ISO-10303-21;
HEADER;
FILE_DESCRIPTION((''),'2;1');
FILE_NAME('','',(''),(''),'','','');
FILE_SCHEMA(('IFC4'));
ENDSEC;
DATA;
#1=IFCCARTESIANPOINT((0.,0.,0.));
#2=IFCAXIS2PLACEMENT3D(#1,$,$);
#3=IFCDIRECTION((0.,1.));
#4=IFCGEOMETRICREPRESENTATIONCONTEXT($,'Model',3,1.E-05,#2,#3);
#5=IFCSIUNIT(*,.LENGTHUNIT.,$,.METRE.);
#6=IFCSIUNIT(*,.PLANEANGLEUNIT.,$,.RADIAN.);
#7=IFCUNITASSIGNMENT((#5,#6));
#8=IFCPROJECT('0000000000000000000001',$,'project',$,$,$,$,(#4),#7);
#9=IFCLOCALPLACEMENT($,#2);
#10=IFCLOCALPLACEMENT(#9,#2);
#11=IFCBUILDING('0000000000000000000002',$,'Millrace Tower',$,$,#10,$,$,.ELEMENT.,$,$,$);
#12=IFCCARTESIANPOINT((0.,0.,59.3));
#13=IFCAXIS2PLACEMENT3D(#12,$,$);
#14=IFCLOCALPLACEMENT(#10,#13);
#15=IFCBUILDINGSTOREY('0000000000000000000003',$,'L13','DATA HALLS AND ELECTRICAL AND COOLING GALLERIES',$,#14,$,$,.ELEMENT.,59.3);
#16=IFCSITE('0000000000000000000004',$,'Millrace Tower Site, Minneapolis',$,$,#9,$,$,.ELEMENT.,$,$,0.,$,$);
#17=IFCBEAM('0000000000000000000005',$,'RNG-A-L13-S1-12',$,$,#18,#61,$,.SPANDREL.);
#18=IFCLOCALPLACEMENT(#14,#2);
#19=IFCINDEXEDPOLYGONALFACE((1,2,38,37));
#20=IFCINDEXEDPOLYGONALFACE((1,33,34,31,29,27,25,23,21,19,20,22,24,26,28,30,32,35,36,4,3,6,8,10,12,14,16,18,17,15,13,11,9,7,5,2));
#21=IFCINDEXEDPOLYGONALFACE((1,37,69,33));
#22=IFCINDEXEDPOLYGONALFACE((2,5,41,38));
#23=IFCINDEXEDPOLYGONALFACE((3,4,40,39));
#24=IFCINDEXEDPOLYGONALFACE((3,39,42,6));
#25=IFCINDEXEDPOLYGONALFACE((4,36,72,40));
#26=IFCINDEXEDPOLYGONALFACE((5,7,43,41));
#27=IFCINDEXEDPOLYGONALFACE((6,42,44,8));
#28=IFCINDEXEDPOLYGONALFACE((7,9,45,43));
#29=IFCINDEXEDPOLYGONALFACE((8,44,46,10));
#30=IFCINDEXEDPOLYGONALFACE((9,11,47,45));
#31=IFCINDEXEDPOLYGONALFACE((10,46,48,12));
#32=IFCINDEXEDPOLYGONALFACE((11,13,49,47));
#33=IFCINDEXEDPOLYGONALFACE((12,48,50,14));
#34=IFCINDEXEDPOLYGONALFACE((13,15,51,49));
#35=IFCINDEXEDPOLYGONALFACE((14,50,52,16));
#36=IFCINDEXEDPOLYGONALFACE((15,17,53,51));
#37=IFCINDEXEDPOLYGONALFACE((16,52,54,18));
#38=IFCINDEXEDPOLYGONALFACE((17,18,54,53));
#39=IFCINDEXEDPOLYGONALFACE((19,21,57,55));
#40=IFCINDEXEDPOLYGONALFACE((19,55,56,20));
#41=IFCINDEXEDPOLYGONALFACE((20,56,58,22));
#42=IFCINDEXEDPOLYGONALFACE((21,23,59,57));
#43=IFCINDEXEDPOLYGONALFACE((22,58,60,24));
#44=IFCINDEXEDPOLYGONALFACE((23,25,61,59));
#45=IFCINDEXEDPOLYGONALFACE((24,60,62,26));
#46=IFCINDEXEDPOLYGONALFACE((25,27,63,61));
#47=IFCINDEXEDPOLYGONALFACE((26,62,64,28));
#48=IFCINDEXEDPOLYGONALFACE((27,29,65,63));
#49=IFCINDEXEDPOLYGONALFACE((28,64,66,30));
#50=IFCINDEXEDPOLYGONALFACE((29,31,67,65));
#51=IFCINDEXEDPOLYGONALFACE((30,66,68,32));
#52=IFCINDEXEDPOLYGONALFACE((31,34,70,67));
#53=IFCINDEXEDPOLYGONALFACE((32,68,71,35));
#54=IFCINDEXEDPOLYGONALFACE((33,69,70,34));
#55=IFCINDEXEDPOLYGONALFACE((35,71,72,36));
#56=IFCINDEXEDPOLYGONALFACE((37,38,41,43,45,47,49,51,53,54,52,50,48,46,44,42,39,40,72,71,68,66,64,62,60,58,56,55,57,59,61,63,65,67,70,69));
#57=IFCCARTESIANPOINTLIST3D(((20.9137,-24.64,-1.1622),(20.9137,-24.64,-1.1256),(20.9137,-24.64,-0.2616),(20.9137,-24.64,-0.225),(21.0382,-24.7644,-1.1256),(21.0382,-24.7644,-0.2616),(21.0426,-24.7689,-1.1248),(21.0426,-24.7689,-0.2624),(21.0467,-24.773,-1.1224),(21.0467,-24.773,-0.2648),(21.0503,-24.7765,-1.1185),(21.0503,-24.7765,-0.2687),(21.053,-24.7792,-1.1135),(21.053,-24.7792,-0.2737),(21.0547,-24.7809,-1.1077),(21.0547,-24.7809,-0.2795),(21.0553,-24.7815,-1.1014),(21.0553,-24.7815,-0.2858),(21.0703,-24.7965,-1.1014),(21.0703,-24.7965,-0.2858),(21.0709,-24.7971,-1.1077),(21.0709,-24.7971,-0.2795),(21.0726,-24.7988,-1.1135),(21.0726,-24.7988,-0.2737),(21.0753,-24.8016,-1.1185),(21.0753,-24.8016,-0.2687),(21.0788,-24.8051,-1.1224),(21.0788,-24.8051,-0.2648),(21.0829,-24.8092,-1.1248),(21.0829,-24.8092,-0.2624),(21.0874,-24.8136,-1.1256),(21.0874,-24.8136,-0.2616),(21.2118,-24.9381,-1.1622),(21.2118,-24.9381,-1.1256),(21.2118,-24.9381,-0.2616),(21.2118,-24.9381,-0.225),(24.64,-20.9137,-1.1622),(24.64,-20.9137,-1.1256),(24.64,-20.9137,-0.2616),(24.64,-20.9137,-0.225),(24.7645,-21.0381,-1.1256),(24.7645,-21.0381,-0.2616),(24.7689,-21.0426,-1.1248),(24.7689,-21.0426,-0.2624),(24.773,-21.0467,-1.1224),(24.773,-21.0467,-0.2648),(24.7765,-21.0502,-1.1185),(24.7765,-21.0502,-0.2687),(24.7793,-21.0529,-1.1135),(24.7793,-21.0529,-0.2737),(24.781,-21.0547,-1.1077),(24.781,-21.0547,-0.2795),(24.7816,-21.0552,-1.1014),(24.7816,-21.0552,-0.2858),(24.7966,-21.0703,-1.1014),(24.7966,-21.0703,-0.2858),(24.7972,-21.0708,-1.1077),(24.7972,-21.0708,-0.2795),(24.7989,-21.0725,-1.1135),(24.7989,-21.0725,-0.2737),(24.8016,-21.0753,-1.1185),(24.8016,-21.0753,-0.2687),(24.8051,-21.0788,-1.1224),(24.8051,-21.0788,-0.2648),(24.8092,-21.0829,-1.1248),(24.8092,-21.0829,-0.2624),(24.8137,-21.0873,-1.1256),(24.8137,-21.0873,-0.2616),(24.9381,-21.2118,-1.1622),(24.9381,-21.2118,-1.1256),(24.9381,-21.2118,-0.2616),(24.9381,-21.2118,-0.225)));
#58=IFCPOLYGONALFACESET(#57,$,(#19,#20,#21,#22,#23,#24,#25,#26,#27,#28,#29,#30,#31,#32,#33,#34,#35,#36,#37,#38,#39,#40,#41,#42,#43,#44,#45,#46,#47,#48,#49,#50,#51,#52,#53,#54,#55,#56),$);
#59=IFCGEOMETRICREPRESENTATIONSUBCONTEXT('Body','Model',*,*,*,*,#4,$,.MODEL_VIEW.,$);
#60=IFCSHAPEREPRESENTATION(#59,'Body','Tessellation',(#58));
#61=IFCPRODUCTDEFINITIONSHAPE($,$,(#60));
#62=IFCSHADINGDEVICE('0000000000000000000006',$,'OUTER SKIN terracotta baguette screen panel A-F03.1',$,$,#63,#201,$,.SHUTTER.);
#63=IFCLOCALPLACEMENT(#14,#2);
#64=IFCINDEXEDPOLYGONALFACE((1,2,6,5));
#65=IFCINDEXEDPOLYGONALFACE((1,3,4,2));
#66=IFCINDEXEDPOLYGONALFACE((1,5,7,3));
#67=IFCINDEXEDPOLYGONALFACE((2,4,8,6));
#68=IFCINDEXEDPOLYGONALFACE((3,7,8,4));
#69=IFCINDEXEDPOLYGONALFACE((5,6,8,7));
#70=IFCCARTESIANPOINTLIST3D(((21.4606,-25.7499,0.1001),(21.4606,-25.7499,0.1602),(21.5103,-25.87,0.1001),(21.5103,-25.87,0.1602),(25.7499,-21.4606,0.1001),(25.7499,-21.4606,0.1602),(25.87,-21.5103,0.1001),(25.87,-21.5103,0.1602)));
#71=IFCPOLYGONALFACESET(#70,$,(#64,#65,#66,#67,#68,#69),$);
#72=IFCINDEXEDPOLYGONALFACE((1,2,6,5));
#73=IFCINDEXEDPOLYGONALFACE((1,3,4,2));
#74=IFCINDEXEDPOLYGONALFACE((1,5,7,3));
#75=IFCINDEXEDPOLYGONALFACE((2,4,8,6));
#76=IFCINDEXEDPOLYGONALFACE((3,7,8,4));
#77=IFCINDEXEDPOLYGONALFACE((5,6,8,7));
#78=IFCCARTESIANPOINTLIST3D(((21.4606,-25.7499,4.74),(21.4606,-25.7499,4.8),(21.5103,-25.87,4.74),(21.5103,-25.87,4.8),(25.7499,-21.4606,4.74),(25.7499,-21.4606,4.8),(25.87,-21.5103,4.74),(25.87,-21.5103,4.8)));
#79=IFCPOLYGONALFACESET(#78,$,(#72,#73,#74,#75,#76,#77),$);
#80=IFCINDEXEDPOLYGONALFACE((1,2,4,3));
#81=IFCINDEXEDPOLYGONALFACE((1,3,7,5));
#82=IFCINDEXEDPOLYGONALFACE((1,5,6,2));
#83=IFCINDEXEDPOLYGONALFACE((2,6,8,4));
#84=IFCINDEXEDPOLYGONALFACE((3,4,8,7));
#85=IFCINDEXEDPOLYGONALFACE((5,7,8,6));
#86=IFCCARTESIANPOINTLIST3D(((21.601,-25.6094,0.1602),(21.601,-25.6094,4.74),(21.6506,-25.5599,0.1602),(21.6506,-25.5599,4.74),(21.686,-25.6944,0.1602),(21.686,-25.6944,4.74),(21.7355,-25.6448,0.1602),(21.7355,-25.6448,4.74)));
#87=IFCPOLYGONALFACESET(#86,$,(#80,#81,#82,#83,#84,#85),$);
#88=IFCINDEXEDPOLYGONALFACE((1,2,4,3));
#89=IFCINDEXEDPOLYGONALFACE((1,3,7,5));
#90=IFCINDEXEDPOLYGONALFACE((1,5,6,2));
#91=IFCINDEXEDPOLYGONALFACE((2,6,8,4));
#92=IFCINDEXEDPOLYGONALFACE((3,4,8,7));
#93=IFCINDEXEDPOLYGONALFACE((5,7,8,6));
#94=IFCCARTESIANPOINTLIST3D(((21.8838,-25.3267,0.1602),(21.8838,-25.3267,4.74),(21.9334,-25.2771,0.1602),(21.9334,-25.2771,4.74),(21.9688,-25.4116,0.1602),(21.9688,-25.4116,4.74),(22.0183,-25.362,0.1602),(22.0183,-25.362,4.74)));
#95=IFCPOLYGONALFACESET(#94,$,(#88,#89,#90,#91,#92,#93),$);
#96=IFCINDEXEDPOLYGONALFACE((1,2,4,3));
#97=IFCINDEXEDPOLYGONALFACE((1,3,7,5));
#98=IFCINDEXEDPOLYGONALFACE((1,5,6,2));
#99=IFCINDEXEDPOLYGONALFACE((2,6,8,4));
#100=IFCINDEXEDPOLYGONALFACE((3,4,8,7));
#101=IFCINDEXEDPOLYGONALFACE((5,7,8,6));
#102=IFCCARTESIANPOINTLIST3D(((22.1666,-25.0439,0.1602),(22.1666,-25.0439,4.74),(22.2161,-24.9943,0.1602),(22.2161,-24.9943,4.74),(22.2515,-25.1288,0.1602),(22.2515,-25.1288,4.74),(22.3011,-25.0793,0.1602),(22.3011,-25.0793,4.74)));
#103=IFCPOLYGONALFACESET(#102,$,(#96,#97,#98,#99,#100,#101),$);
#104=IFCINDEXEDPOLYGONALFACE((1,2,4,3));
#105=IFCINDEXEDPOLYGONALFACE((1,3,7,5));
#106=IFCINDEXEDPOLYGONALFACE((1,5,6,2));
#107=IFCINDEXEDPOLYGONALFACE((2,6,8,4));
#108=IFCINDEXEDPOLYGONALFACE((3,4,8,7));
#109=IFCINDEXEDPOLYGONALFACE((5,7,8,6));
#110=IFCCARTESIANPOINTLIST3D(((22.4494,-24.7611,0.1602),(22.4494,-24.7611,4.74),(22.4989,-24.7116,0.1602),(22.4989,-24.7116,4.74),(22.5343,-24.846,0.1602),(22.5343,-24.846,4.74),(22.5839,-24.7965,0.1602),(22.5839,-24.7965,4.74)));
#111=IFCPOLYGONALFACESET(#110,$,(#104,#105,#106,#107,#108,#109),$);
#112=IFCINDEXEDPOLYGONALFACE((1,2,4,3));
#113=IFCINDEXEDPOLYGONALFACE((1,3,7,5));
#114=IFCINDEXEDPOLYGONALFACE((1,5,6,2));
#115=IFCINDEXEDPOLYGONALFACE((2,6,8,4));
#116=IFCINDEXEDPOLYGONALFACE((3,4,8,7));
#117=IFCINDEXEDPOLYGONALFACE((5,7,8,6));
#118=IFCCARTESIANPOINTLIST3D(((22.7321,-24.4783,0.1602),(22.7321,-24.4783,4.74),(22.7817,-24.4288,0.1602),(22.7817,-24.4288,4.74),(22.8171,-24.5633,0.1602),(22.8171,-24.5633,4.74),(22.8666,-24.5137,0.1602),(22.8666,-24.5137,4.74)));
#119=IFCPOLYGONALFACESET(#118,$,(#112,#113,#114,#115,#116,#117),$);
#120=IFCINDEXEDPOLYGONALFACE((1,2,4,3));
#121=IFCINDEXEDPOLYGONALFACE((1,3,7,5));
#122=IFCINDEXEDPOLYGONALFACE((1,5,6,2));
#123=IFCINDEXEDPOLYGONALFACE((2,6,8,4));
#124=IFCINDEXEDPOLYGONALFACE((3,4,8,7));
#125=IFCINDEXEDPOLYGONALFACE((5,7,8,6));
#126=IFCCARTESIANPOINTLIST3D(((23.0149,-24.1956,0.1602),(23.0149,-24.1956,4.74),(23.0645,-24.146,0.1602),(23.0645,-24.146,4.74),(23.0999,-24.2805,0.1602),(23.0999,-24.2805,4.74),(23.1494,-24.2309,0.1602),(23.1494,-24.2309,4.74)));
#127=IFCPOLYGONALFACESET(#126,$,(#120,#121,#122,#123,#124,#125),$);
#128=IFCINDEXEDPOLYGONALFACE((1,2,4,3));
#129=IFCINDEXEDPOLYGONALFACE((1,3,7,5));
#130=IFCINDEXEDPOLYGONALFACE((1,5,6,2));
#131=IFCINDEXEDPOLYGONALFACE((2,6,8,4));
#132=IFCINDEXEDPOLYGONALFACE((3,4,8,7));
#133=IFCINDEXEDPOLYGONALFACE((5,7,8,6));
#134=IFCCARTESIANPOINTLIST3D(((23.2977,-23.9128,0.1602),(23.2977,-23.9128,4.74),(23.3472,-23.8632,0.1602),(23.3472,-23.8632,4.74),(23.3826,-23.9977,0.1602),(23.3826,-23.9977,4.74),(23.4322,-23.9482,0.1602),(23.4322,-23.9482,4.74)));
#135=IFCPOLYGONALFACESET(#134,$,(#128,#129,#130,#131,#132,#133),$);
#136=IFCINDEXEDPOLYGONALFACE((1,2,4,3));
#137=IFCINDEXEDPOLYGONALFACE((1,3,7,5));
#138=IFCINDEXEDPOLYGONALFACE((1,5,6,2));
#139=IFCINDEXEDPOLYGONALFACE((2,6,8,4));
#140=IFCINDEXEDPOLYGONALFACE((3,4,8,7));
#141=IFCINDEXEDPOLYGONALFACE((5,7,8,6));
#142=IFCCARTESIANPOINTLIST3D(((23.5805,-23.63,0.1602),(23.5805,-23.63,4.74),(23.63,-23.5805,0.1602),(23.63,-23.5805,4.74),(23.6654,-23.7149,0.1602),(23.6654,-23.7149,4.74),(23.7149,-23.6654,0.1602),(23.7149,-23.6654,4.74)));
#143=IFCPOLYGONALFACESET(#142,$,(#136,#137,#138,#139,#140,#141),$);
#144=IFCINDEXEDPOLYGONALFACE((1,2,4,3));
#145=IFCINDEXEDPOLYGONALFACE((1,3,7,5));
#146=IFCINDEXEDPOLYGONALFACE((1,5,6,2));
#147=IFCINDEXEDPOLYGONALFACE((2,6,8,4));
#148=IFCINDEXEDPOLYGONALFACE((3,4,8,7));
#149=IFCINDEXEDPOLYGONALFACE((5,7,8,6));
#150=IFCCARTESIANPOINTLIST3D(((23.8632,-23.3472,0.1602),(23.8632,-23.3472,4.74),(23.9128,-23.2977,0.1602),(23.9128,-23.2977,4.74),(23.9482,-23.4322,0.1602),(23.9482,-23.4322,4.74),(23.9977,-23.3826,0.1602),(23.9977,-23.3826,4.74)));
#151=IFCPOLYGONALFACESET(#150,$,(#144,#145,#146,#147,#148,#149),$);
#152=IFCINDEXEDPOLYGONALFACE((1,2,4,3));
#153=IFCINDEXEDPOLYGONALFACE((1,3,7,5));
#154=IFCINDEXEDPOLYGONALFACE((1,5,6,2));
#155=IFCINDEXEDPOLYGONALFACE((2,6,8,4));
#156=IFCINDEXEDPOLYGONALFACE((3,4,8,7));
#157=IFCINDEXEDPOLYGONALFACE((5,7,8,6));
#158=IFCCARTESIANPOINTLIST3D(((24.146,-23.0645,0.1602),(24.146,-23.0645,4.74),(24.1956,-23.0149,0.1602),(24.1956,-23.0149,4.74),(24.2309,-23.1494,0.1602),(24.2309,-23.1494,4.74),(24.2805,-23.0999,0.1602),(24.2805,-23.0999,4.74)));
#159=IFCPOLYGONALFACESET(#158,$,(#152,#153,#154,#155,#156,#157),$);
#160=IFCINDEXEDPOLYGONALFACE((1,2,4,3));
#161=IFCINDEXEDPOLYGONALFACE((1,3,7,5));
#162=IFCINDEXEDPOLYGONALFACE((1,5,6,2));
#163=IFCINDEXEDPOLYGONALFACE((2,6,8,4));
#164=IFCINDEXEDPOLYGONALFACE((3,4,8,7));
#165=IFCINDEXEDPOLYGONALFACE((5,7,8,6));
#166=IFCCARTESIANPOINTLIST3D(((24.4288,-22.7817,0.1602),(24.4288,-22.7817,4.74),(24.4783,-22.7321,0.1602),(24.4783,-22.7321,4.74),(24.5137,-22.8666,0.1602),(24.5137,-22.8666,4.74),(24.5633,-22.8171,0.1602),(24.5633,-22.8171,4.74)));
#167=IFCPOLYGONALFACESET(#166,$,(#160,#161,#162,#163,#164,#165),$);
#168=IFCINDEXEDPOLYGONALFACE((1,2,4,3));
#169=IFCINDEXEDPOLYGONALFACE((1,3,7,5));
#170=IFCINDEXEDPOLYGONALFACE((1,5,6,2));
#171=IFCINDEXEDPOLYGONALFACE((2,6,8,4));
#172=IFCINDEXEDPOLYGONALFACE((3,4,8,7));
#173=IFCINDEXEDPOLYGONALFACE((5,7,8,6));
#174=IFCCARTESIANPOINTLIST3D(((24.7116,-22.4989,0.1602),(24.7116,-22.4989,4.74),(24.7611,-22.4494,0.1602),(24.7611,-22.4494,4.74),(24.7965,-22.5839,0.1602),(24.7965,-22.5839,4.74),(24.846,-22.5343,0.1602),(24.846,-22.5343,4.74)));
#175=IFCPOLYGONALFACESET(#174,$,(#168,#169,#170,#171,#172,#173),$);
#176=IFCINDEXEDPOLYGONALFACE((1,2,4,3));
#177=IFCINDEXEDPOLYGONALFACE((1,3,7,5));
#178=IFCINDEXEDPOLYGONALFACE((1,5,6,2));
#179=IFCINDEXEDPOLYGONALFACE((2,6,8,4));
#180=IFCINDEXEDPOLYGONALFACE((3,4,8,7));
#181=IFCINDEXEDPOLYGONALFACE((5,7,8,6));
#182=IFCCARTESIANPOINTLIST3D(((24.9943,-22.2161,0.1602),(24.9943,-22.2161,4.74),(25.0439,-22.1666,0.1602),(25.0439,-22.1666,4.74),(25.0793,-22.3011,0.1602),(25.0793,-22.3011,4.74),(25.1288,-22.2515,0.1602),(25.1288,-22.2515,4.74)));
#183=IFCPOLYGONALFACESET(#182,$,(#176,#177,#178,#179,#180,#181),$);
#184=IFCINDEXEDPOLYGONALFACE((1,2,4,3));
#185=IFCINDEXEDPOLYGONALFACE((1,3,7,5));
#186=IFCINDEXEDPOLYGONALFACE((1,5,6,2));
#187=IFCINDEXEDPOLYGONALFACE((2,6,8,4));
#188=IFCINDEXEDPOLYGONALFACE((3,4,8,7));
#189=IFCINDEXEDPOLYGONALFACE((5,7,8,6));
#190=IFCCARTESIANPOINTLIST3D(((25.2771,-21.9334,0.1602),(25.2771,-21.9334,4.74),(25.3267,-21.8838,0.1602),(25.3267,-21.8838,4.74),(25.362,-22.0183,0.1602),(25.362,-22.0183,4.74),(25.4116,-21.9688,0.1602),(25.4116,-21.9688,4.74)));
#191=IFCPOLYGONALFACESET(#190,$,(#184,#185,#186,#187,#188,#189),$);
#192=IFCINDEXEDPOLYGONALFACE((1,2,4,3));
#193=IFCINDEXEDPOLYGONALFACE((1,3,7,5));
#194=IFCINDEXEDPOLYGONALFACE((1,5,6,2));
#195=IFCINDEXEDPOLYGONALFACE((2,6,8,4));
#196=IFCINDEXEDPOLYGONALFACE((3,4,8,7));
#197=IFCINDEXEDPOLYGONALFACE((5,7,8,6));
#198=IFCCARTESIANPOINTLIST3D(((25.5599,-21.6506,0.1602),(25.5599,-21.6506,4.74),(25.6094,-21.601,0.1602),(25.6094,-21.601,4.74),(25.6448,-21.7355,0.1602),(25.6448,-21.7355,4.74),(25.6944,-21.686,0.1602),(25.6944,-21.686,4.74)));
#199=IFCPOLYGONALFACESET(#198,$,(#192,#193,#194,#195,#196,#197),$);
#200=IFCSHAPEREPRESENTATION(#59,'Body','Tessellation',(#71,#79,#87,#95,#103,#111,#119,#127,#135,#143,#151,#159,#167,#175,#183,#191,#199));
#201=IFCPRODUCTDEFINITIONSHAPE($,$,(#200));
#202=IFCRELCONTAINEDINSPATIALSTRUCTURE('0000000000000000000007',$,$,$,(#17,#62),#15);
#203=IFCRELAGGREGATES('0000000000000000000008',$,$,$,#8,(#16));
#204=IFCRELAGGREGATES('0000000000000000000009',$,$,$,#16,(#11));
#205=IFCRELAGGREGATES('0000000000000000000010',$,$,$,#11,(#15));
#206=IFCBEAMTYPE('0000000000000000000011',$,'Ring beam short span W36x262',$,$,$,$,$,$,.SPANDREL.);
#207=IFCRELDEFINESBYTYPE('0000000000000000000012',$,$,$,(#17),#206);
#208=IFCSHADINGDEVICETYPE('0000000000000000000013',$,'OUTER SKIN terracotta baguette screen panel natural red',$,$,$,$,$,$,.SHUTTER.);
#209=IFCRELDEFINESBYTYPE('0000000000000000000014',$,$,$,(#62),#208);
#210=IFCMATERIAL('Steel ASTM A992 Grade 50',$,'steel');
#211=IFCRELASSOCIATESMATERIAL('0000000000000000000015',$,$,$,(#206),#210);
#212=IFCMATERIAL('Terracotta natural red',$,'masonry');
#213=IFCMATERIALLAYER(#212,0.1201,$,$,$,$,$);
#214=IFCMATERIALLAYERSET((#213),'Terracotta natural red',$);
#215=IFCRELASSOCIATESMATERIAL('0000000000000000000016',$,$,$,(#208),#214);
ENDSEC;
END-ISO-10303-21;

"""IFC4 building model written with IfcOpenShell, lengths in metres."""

from ifc_helpers import new_model, entity, si_unit, direction, frame, frame_2d, origin, origin_2d, place, context, subcontext, project, spatial, rectangle, i_section, extrude, source, transform, mapped, material, layer, layer_set, material_profile, profile_set, type_object, element, save


model = new_model("IFC4")

# Units and contexts
model_context = context("Model", 3, precision=1e-05, world=origin(), true_north=direction((0.0, 1.0)))
body_context = subcontext(model_context, "Body", "Model", "MODEL_VIEW")
ifc_project = project(units=[si_unit("LENGTHUNIT", "METRE"), si_unit("PLANEANGLEUNIT", "RADIAN")], contexts=[model_context])

# Site, building, storey
site_placement = place(None, origin())
site = spatial("IfcSite", under=ifc_project, at=site_placement, Name="Millrace Tower Site, Minneapolis", CompositionType="ELEMENT", RefElevation=0.0)
building_placement = place(site_placement, origin())
building = spatial("IfcBuilding", under=site, at=building_placement, Name="Millrace Tower", CompositionType="ELEMENT")
storey_placement = place(building_placement, frame((0.0, 0.0, 59.3)))
storey = spatial("IfcBuildingStorey", under=building, at=storey_placement, Name="L13", Description="DATA HALLS AND ELECTRICAL AND COOLING GALLERIES", CompositionType="ELEMENT", Elevation=59.3)

# Beam
ifc_material_1 = material(Name="Steel ASTM A992 Grade 50", Category="steel")
ifc_material_profile_1 = material_profile(ifc_material_1, i_section(OverallWidth=0.4216, OverallDepth=0.9373, WebThickness=0.0212, FlangeThickness=0.0366, FilletRadius=0.0242, at=origin_2d()))
ifc_profile_set_1 = profile_set([ifc_material_profile_1], Name="Steel ASTM A992 Grade 50")
beam_type_1 = type_object("IfcBeamType", Name="Ring beam short span W36x262", PredefinedType="SPANDREL", material=ifc_profile_set_1)
beam_1_placement = place(storey_placement, frame((24.7891, -21.0627, -0.6936), z_axis=(-0.707107, -0.707107, 0.0), x_axis=(0.707107, -0.707107, 0.0)))
element("IfcBeam", 1, at=beam_1_placement, inside=storey, type_object=beam_type_1, Name="RNG-A-L13-S1-12", PredefinedType="SPANDREL", context=body_context, shape_type="SweptSolid", body=[
    extrude(i_section(OverallWidth=0.4216, OverallDepth=0.9373, WebThickness=0.0212, FlangeThickness=0.0366, FilletRadius=0.0242, at=origin_2d()), origin(), (0.0, 0.0, 1.0), 5.2698),
])

# Shading device
ifc_material_2 = material(Name="Terracotta natural red", Category="masonry")
ifc_layer_1 = layer(ifc_material_2, 0.1201)
ifc_layer_set_1 = layer_set([ifc_layer_1], Name="Terracotta natural red")
shading_device_type_1 = type_object("IfcShadingDeviceType", Name="OUTER SKIN terracotta baguette screen panel natural red", PredefinedType="SHUTTER", material=ifc_layer_set_1)
cartesian_point_1 = entity("IfcCartesianPoint", [-3.033, 0.0601])
shared_polyline_1 = entity("IfcPolyline", [cartesian_point_1, entity("IfcCartesianPoint", [3.033, 0.0601]), entity("IfcCartesianPoint", [3.0828, -0.0601]), entity("IfcCartesianPoint", [-3.0828, -0.0601]), cartesian_point_1])
shared_shape_1 = source(origin(), body_context, "Body", "SweptSolid", [
    entity("IfcExtrudedAreaSolid", entity("IfcArbitraryClosedProfileDef", "AREA", None, shared_polyline_1), entity("IfcAxis2Placement3D", entity("IfcCartesianPoint", [0.0, 0.0, 0.0])), entity("IfcDirection", [0.0, 0.0, 1.0]), 0.0601),
    entity("IfcExtrudedAreaSolid", entity("IfcArbitraryClosedProfileDef", "AREA", None, shared_polyline_1), entity("IfcAxis2Placement3D", entity("IfcCartesianPoint", [0.0, 0.0, 4.6399])), entity("IfcDirection", [0.0, 0.0, 1.0]), 0.0601),
    extrude(rectangle(XDim=0.0701, YDim=0.1201, at=frame_2d((-2.7993, 0.0))), frame((0.0, 0.0, 0.0601)), (0.0, 0.0, 1.0), 4.5798),
    extrude(rectangle(XDim=0.0701, YDim=0.1201, at=frame_2d((-2.3994, 0.0))), frame((0.0, 0.0, 0.0601)), (0.0, 0.0, 1.0), 4.5798),
    extrude(rectangle(XDim=0.0701, YDim=0.1201, at=frame_2d((-1.9995, 0.0))), frame((0.0, 0.0, 0.0601)), (0.0, 0.0, 1.0), 4.5798),
    extrude(rectangle(XDim=0.0701, YDim=0.1201, at=frame_2d((-1.5996, 0.0))), frame((0.0, 0.0, 0.0601)), (0.0, 0.0, 1.0), 4.5798),
    extrude(rectangle(XDim=0.0701, YDim=0.1201, at=frame_2d((-1.1997, 0.0))), frame((0.0, 0.0, 0.0601)), (0.0, 0.0, 1.0), 4.5798),
    extrude(rectangle(XDim=0.0701, YDim=0.1201, at=frame_2d((-0.7998, 0.0))), frame((0.0, 0.0, 0.0601)), (0.0, 0.0, 1.0), 4.5798),
    extrude(rectangle(XDim=0.0701, YDim=0.1201, at=frame_2d((-0.3999, 0.0))), frame((0.0, 0.0, 0.0601)), (0.0, 0.0, 1.0), 4.5798),
    extrude(rectangle(XDim=0.0701, YDim=0.1201, at=origin_2d()), frame((0.0, 0.0, 0.0601)), (0.0, 0.0, 1.0), 4.5798),
    extrude(rectangle(XDim=0.0701, YDim=0.1201, at=frame_2d((0.3999, 0.0))), frame((0.0, 0.0, 0.0601)), (0.0, 0.0, 1.0), 4.5798),
    extrude(rectangle(XDim=0.0701, YDim=0.1201, at=frame_2d((0.7998, 0.0))), frame((0.0, 0.0, 0.0601)), (0.0, 0.0, 1.0), 4.5798),
    extrude(rectangle(XDim=0.0701, YDim=0.1201, at=frame_2d((1.1997, 0.0))), frame((0.0, 0.0, 0.0601)), (0.0, 0.0, 1.0), 4.5798),
    extrude(rectangle(XDim=0.0701, YDim=0.1201, at=frame_2d((1.5996, 0.0))), frame((0.0, 0.0, 0.0601)), (0.0, 0.0, 1.0), 4.5798),
    extrude(rectangle(XDim=0.0701, YDim=0.1201, at=frame_2d((1.9995, 0.0))), frame((0.0, 0.0, 0.0601)), (0.0, 0.0, 1.0), 4.5798),
    extrude(rectangle(XDim=0.0701, YDim=0.1201, at=frame_2d((2.3994, 0.0))), frame((0.0, 0.0, 0.0601)), (0.0, 0.0, 1.0), 4.5798),
    extrude(rectangle(XDim=0.0701, YDim=0.1201, at=frame_2d((2.7993, 0.0))), frame((0.0, 0.0, 0.0601)), (0.0, 0.0, 1.0), 4.5798),
])
shading_device_1_placement = place(storey_placement, frame((23.6477, -23.6477, 0.1001), z_axis=(0.0, 0.0, 1.0), x_axis=(0.707107, 0.707107, 0.0)))
element("IfcShadingDevice", 2, at=shading_device_1_placement, inside=storey, type_object=shading_device_type_1, Name="OUTER SKIN terracotta baguette screen panel A-F03.1", PredefinedType="SHUTTER", context=body_context, shape_type="MappedRepresentation", body=[
    mapped(shared_shape_1, transform((0.0, 0.0, 0.0), scale=1.0)),
])

save(model, "model.ifc")
